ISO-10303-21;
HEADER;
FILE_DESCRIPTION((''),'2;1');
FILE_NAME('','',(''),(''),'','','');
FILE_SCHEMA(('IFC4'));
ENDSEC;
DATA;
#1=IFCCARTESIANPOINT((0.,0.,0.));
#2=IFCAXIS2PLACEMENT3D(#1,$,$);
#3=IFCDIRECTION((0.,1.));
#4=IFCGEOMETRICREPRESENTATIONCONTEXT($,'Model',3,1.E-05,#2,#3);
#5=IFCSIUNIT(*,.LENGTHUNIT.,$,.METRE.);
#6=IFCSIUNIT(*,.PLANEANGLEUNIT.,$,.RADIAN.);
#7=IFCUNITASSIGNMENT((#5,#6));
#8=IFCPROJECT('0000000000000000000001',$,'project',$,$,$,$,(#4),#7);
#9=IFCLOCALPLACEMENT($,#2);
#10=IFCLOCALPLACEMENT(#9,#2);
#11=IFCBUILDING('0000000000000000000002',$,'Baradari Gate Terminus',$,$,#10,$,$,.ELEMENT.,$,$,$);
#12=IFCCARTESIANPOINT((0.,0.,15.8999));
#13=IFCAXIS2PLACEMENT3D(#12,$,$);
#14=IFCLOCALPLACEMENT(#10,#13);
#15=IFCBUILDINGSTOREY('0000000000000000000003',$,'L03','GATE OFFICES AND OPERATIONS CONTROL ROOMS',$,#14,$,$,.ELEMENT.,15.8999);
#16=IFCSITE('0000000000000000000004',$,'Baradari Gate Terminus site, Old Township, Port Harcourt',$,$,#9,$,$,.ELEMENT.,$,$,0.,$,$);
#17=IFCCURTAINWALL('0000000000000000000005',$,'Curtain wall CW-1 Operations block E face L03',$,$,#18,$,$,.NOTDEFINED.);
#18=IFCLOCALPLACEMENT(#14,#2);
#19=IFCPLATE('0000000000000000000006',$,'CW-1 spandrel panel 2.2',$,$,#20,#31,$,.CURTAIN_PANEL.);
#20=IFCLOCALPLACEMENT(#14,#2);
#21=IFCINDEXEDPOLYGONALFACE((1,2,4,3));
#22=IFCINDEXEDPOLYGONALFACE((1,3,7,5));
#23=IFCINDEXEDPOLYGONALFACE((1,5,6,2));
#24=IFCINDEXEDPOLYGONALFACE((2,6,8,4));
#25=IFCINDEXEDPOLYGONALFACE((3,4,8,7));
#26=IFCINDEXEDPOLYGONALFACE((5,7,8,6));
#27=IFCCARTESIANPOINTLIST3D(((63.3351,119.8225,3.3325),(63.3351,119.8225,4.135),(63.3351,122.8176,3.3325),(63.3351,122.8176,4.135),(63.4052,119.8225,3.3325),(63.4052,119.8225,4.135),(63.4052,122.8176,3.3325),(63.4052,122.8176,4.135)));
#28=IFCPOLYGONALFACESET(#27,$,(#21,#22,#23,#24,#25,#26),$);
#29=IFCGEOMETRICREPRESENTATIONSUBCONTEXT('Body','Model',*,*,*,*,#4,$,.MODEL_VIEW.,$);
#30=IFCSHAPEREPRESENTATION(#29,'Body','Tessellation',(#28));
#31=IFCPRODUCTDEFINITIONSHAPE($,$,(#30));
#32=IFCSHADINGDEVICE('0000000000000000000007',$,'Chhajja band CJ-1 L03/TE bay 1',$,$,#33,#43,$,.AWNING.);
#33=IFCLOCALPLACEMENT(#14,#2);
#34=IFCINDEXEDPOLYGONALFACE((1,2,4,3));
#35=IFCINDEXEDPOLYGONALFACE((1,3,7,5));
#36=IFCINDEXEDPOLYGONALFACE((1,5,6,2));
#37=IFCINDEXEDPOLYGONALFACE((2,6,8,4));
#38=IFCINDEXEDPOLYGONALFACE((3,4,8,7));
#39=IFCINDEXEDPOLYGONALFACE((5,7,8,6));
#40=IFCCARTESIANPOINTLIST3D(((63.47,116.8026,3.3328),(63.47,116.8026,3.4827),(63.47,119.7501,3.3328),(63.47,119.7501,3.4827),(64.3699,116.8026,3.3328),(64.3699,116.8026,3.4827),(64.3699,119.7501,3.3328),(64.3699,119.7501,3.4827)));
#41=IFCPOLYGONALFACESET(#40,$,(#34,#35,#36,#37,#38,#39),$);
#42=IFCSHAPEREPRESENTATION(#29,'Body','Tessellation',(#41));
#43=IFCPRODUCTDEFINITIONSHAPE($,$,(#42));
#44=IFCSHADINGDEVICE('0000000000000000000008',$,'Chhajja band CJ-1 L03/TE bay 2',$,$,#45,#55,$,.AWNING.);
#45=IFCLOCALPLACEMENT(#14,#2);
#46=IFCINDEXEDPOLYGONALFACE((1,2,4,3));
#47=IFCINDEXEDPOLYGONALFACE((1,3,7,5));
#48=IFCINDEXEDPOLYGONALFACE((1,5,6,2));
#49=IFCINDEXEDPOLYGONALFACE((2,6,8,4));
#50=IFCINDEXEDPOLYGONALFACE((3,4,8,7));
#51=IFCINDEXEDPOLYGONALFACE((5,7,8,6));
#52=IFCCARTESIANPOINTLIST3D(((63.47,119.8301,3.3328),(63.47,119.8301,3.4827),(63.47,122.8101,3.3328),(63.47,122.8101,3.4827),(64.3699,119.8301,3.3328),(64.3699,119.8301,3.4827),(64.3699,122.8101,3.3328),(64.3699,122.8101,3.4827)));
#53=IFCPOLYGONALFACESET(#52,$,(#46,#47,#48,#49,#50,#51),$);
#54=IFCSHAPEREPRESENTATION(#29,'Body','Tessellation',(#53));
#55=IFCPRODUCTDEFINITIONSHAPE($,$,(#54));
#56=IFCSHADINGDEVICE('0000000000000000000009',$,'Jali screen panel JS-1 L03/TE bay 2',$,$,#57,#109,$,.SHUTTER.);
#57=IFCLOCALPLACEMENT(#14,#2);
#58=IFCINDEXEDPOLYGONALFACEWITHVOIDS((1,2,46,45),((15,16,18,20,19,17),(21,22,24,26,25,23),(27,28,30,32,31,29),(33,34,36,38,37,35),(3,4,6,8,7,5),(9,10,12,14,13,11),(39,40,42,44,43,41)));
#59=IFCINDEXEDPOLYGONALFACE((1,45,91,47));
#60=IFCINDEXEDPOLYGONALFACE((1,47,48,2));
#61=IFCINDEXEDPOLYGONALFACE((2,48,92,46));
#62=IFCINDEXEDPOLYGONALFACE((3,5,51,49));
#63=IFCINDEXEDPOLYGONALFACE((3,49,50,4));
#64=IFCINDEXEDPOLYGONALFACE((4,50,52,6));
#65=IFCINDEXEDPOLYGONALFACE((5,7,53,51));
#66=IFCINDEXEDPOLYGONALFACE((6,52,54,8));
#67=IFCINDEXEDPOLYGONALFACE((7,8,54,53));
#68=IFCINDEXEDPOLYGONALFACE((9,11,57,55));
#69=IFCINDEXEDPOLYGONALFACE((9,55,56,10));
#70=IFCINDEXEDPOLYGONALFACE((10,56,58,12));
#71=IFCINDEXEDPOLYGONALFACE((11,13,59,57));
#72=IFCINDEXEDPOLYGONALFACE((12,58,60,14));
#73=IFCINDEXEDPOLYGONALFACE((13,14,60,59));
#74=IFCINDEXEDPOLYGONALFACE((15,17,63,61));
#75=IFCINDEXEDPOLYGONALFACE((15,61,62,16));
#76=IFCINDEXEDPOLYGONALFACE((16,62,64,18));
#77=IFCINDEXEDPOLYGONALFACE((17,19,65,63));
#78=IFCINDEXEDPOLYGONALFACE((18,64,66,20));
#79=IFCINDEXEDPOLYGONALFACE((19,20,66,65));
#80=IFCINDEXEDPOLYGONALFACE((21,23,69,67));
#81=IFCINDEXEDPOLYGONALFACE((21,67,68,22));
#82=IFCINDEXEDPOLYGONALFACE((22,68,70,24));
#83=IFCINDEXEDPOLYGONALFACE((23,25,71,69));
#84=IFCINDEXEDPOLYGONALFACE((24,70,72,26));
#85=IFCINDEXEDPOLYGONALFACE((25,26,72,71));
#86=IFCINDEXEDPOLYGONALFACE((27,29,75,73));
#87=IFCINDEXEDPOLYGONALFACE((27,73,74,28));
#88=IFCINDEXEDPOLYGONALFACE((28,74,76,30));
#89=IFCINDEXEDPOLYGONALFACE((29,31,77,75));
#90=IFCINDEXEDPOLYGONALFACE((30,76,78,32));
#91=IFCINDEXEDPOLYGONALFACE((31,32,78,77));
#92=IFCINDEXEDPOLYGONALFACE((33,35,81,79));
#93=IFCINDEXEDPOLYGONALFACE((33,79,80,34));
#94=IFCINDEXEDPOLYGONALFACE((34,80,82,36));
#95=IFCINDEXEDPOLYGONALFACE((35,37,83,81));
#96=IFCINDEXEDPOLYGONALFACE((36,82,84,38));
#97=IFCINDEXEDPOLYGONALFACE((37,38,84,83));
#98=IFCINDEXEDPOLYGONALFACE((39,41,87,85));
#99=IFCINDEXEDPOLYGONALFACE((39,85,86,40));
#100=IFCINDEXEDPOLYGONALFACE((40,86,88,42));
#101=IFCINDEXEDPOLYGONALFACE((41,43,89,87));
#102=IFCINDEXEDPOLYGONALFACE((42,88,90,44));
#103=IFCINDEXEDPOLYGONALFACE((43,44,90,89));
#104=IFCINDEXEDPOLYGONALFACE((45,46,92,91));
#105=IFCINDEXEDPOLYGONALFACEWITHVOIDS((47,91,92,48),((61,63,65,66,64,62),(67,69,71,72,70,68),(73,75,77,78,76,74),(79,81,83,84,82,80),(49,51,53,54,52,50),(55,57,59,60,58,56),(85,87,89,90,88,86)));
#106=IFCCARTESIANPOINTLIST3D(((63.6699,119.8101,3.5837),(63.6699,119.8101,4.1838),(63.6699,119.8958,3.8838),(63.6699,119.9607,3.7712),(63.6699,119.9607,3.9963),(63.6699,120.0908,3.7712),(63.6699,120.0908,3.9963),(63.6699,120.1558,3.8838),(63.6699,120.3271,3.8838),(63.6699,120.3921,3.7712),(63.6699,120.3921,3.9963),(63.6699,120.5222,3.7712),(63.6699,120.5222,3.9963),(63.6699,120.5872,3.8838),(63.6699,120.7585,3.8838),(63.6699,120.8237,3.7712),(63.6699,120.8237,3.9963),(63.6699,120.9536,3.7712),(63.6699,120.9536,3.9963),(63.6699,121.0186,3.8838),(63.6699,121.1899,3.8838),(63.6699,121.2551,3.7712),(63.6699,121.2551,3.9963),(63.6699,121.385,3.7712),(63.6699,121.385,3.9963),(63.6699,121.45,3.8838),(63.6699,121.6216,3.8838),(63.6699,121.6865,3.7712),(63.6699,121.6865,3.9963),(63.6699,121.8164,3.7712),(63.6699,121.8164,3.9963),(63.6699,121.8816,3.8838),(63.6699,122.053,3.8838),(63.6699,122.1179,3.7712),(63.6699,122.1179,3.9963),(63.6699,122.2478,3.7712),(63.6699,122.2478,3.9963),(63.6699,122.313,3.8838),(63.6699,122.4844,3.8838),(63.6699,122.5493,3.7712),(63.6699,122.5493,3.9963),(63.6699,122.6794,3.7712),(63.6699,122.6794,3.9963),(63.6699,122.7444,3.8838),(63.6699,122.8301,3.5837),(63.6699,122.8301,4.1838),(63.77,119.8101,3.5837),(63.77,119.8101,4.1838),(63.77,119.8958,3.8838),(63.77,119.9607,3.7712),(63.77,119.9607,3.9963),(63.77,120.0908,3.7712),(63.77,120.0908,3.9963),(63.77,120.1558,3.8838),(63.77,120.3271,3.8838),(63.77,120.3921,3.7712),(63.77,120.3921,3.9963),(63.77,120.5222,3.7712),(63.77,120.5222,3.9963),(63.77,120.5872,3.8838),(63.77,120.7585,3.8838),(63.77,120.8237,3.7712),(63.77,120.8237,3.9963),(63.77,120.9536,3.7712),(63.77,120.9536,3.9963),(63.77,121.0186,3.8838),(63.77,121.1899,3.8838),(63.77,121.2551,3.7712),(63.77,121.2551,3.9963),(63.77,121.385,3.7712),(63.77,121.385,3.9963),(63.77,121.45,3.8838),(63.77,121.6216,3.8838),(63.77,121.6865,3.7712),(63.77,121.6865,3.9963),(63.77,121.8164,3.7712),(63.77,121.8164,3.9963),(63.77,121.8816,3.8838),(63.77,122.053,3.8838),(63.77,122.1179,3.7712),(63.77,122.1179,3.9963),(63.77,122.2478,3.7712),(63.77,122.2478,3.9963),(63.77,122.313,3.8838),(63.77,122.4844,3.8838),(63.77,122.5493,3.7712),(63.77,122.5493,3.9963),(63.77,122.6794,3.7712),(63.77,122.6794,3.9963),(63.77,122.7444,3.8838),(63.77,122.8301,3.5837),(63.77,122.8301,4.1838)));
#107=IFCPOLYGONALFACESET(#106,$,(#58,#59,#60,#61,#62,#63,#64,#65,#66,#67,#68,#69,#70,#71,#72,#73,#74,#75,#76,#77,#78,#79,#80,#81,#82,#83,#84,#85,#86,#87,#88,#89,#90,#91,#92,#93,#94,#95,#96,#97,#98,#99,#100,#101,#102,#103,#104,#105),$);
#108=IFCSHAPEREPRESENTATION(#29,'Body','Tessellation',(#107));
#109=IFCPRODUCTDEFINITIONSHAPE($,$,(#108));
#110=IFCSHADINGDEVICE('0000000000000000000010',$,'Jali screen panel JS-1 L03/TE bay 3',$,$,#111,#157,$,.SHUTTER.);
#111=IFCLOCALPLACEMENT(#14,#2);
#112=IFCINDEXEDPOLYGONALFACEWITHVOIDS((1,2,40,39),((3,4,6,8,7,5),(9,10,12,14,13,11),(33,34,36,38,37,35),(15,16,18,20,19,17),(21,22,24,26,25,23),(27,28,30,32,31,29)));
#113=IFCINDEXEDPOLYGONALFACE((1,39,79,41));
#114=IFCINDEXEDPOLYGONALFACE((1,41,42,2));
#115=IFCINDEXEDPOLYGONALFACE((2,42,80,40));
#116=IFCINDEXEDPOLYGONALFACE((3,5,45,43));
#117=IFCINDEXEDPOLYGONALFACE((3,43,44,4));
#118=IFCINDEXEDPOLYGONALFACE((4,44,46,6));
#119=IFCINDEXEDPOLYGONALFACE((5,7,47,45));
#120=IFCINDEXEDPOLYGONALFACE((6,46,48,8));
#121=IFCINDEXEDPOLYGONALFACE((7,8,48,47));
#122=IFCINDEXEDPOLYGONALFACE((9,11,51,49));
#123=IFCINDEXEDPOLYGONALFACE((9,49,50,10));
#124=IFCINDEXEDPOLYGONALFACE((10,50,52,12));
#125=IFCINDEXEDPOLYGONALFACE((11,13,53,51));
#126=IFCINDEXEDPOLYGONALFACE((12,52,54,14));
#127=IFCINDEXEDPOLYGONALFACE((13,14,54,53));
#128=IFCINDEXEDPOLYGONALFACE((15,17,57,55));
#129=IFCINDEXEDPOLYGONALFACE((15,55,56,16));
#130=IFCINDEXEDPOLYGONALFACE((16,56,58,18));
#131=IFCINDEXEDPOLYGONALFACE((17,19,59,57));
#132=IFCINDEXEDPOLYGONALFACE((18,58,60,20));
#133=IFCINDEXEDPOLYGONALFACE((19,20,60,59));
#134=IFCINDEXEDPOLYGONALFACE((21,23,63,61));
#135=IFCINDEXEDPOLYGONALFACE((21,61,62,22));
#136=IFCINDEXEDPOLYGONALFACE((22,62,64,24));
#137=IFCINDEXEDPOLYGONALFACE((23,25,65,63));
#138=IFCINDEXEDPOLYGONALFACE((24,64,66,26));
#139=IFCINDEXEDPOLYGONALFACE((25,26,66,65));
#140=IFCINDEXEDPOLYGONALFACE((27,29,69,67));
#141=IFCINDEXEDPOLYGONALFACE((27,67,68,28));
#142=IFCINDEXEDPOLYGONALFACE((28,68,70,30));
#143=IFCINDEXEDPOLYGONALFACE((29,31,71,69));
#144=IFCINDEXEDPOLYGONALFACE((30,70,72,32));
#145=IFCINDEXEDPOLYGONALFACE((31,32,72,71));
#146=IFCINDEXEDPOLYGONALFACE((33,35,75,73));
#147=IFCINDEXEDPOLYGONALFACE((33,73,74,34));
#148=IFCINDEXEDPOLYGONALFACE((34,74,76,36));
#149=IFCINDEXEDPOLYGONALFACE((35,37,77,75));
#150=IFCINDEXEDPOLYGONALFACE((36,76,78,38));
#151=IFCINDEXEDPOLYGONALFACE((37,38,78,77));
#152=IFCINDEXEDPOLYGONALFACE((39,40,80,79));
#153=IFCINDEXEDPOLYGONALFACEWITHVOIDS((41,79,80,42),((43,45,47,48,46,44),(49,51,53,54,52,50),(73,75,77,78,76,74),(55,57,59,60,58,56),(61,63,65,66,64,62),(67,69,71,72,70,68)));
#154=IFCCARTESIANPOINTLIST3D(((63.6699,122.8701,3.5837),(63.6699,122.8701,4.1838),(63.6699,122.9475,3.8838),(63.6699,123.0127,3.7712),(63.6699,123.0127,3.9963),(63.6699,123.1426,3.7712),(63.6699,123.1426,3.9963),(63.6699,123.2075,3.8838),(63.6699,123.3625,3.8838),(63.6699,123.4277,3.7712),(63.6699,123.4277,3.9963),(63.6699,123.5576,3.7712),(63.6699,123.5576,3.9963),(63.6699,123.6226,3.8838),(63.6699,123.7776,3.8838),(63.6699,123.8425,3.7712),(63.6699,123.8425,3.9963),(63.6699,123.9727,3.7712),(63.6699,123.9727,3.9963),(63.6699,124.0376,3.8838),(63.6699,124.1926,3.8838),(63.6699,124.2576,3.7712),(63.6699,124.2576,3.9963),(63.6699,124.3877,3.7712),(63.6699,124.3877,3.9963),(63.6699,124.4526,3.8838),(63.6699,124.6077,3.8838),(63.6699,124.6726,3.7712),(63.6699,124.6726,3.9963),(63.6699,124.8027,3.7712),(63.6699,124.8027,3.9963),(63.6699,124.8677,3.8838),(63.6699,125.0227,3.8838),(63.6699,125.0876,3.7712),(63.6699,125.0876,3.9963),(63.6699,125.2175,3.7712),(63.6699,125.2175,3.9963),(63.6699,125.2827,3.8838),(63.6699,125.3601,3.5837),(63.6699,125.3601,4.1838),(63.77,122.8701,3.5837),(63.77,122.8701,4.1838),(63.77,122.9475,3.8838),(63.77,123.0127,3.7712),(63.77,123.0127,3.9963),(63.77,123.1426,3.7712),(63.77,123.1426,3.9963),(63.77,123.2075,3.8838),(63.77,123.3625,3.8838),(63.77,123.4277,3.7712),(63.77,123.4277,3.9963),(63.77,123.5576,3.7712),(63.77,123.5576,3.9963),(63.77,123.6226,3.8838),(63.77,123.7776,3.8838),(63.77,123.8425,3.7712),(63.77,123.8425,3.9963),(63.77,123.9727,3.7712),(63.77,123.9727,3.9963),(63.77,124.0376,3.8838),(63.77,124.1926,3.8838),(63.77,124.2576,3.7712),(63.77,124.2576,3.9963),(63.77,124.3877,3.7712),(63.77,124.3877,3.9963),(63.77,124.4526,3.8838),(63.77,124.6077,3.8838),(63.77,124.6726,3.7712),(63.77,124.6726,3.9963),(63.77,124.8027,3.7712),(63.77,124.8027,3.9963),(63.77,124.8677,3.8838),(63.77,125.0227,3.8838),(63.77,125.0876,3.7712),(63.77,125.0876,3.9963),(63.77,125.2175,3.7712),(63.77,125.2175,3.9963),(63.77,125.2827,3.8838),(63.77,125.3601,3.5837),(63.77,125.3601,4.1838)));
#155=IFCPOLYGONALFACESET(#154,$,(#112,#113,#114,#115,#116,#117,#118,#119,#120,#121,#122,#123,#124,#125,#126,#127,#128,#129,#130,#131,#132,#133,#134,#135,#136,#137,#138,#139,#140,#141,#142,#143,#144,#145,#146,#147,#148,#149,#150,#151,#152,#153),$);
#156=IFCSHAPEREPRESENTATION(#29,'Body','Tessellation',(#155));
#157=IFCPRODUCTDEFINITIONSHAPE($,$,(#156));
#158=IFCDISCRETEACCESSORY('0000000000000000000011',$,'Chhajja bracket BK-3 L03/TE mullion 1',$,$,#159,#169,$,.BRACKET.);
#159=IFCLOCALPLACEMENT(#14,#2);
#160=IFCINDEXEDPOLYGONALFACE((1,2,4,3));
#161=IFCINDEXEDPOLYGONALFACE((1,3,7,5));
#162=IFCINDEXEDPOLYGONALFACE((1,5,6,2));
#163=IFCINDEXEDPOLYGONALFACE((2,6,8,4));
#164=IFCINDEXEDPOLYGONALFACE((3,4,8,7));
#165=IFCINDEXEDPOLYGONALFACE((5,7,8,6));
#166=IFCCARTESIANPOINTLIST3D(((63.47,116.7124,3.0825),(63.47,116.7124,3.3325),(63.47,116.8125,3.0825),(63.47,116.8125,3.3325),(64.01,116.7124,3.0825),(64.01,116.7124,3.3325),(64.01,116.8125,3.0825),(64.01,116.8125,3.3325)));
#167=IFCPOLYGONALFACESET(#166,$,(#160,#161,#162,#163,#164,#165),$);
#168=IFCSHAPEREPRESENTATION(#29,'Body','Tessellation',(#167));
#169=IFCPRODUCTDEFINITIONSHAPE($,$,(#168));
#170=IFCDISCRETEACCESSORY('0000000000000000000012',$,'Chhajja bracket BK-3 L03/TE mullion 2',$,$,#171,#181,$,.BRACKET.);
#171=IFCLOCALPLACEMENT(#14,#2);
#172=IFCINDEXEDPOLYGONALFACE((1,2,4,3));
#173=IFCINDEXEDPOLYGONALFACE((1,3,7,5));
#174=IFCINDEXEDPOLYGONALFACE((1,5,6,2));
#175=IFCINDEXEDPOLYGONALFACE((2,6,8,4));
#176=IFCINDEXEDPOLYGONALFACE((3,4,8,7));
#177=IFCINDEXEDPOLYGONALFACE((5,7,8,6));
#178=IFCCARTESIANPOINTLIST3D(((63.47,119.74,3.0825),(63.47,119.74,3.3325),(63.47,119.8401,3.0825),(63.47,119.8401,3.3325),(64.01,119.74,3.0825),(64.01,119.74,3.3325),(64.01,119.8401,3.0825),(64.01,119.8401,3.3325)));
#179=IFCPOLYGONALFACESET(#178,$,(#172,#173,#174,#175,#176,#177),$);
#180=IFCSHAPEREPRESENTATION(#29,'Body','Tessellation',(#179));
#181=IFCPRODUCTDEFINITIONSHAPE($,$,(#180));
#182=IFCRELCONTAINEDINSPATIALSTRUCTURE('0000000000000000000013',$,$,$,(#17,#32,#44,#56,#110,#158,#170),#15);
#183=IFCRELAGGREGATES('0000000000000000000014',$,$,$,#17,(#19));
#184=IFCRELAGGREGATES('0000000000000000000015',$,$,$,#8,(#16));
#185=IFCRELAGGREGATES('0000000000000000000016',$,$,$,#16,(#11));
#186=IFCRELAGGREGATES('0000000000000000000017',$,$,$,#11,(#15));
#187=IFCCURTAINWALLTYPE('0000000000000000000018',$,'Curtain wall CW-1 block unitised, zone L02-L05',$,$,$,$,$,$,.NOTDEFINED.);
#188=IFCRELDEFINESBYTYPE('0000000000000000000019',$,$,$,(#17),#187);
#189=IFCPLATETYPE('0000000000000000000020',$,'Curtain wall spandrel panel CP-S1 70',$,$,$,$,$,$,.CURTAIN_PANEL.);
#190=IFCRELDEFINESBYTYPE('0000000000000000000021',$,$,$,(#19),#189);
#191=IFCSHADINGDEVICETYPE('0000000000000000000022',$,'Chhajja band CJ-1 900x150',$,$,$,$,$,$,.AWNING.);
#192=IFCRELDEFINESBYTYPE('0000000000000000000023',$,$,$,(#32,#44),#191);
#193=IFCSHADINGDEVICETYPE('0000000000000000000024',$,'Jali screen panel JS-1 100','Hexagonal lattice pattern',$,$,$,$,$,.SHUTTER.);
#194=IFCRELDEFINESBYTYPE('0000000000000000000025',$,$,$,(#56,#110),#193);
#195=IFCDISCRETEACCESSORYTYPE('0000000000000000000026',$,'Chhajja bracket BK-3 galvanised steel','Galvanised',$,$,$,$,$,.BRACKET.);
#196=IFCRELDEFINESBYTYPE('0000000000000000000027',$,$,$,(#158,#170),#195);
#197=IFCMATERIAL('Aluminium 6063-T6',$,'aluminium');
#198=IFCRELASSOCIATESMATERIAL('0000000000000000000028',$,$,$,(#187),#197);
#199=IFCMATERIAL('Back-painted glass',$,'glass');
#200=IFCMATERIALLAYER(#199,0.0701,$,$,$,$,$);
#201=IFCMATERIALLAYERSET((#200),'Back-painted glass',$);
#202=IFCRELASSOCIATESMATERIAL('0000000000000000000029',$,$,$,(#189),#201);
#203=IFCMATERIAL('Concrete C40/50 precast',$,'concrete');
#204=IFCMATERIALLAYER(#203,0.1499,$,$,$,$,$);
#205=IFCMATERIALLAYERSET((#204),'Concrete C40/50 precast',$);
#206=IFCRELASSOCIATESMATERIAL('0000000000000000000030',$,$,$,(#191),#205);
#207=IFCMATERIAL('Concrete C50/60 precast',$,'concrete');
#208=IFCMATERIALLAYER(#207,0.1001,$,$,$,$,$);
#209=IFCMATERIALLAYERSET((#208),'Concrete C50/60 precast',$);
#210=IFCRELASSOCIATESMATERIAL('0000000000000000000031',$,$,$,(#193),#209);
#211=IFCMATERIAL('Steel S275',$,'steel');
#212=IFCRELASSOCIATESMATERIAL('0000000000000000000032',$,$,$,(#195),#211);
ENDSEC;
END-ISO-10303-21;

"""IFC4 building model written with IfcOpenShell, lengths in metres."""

from ifc_helpers import new_model, si_unit, direction, frame, origin, origin_2d, place, context, subcontext, project, spatial, polyline, rectangle, outline, extrude, material, layer, layer_set, type_object, element, aggregate, save


model = new_model("IFC4")

# Units and contexts
model_context = context("Model", 3, precision=1e-05, world=origin(), true_north=direction((0.0, 1.0)))
body_context = subcontext(model_context, "Body", "Model", "MODEL_VIEW")
ifc_project = project(units=[si_unit("LENGTHUNIT", "METRE"), si_unit("PLANEANGLEUNIT", "RADIAN")], contexts=[model_context])

# Site, building, storey
site_placement = place(None, origin())
site = spatial("IfcSite", under=ifc_project, at=site_placement, Name="Baradari Gate Terminus site, Old Township, Port Harcourt", CompositionType="ELEMENT", RefElevation=0.0)
building_placement = place(site_placement, origin())
building = spatial("IfcBuilding", under=site, at=building_placement, Name="Baradari Gate Terminus", CompositionType="ELEMENT")
storey_placement = place(building_placement, frame((0.0, 0.0, 15.8999)))
storey = spatial("IfcBuildingStorey", under=building, at=storey_placement, Name="L03", Description="GATE OFFICES AND OPERATIONS CONTROL ROOMS", CompositionType="ELEMENT", Elevation=15.8999)

# Shared definitions
ifc_material_1 = material(Name="Aluminium 6063-T6", Category="aluminium")
curtain_wall_type = type_object("IfcCurtainWallType", Name="Curtain wall CW-1 block unitised, zone L02-L05", PredefinedType="NOTDEFINED", material=ifc_material_1)

# Curtain wall, plate
curtain_wall_1_placement = place(storey_placement, origin())
curtain_wall_1 = element("IfcCurtainWall", 1, at=curtain_wall_1_placement, inside=storey, type_object=curtain_wall_type, Name="Curtain wall CW-1 Operations block E face L03", PredefinedType="NOTDEFINED")
ifc_material_2 = material(Name="Back-painted glass", Category="glass")
ifc_layer_1 = layer(ifc_material_2, 0.0701)
ifc_layer_set_1 = layer_set([ifc_layer_1], Name="Back-painted glass")
plate_type_1 = type_object("IfcPlateType", Name="Curtain wall spandrel panel CP-S1 70", PredefinedType="CURTAIN_PANEL", material=ifc_layer_set_1)
plate_1_placement = place(storey_placement, frame((63.3701, 121.3201, 3.3325), z_axis=(0.0, 0.0, 1.0), x_axis=(0.0, 1.0, 0.0)))
plate_1 = element("IfcPlate", 2, at=plate_1_placement, type_object=plate_type_1, Name="CW-1 spandrel panel 2.2", PredefinedType="CURTAIN_PANEL", context=body_context, shape_type="SweptSolid", body=[
    extrude(rectangle(XDim=2.9951, YDim=0.0701, at=origin_2d()), origin(), (0.0, 0.0, 1.0), 0.8025),
])
aggregate(curtain_wall_1, [plate_1])

# Shading devices
ifc_material_3 = material(Name="Concrete C40/50 precast", Category="concrete")
ifc_layer_2 = layer(ifc_material_3, 0.1499)
ifc_layer_set_2 = layer_set([ifc_layer_2], Name="Concrete C40/50 precast")
shading_device_type_1 = type_object("IfcShadingDeviceType", Name="Chhajja band CJ-1 900x150", PredefinedType="AWNING", material=ifc_layer_set_2)
shading_device_1_placement = place(storey_placement, frame((63.9199, 118.2764, 3.3328), z_axis=(0.0, 0.0, 1.0), x_axis=(0.0, 1.0, 0.0)))
element("IfcShadingDevice", 3, at=shading_device_1_placement, inside=storey, type_object=shading_device_type_1, Name="Chhajja band CJ-1 L03/TE bay 1", PredefinedType="AWNING", context=body_context, shape_type="SweptSolid", body=[
    extrude(rectangle(XDim=2.9475, YDim=0.8999, at=origin_2d()), origin(), (0.0, 0.0, 1.0), 0.1499),
])
shading_device_2_placement = place(storey_placement, frame((63.9199, 121.3201, 3.3328), z_axis=(0.0, 0.0, 1.0), x_axis=(0.0, 1.0, 0.0)))
element("IfcShadingDevice", 4, at=shading_device_2_placement, inside=storey, type_object=shading_device_type_1, Name="Chhajja band CJ-1 L03/TE bay 2", PredefinedType="AWNING", context=body_context, shape_type="SweptSolid", body=[
    extrude(rectangle(XDim=2.98, YDim=0.8999, at=origin_2d()), origin(), (0.0, 0.0, 1.0), 0.1499),
])
ifc_material_4 = material(Name="Concrete C50/60 precast", Category="concrete")
ifc_layer_3 = layer(ifc_material_4, 0.1001)
ifc_layer_set_3 = layer_set([ifc_layer_3], Name="Concrete C50/60 precast")
shading_device_type_2 = type_object("IfcShadingDeviceType", Name="Jali screen panel JS-1 100", Description="Hexagonal lattice pattern", PredefinedType="SHUTTER", material=ifc_layer_set_3)
shading_device_3_placement = place(storey_placement, frame((63.72, 119.8101, 3.5837), z_axis=(0.0, 0.0, 1.0), x_axis=(0.0, 1.0, 0.0)))
element("IfcShadingDevice", 5, at=shading_device_3_placement, inside=storey, type_object=shading_device_type_2, Name="Jali screen panel JS-1 L03/TE bay 2", PredefinedType="SHUTTER", context=body_context, shape_type="SweptSolid", body=[
    extrude(outline(polyline([(0.0, 0.0), (3.02, 0.0), (3.02, 0.6001), (0.0, 0.6001), (0.0, 0.0)]), holes=[polyline([(0.3457, 0.3), (0.2808, 0.1875), (0.1506, 0.1875), (0.0857, 0.3), (0.1506, 0.4126), (0.2808, 0.4126), (0.3457, 0.3)]), polyline([(0.7771, 0.3), (0.7122, 0.1875), (0.582, 0.1875), (0.5171, 0.3), (0.582, 0.4126), (0.7122, 0.4126), (0.7771, 0.3)]), polyline([(1.2085, 0.3), (1.1436, 0.1875), (1.0137, 0.1875), (0.9485, 0.3), (1.0137, 0.4126), (1.1436, 0.4126), (1.2085, 0.3)]), polyline([(1.6399, 0.3), (1.575, 0.1875), (1.4451, 0.1875), (1.3799, 0.3), (1.4451, 0.4126), (1.575, 0.4126), (1.6399, 0.3)]), polyline([(2.0715, 0.3), (2.0063, 0.1875), (1.8765, 0.1875), (1.8115, 0.3), (1.8765, 0.4126), (2.0063, 0.4126), (2.0715, 0.3)]), polyline([(2.5029, 0.3), (2.4377, 0.1875), (2.3079, 0.1875), (2.2429, 0.3), (2.3079, 0.4126), (2.4377, 0.4126), (2.5029, 0.3)]), polyline([(2.9343, 0.3), (2.8694, 0.1875), (2.7393, 0.1875), (2.6743, 0.3), (2.7393, 0.4126), (2.8694, 0.4126), (2.9343, 0.3)])]), frame((0.0, 0.05, 0.0), z_axis=(0.0, -1.0, 0.0), x_axis=(1.0, 0.0, 0.0)), (0.0, 0.0, 1.0), 0.1001),
])
shading_device_4_placement = place(storey_placement, frame((63.72, 122.8701, 3.5837), z_axis=(0.0, 0.0, 1.0), x_axis=(0.0, 1.0, 0.0)))
element("IfcShadingDevice", 6, at=shading_device_4_placement, inside=storey, type_object=shading_device_type_2, Name="Jali screen panel JS-1 L03/TE bay 3", PredefinedType="SHUTTER", context=body_context, shape_type="SweptSolid", body=[
    extrude(outline(polyline([(0.0, 0.0), (2.49, 0.0), (2.49, 0.6001), (0.0, 0.6001), (0.0, 0.0)]), holes=[polyline([(0.3374, 0.3), (0.2725, 0.1875), (0.1426, 0.1875), (0.0774, 0.3), (0.1426, 0.4126), (0.2725, 0.4126), (0.3374, 0.3)]), polyline([(0.7524, 0.3), (0.6875, 0.1875), (0.5576, 0.1875), (0.4924, 0.3), (0.5576, 0.4126), (0.6875, 0.4126), (0.7524, 0.3)]), polyline([(1.1675, 0.3), (1.1025, 0.1875), (0.9724, 0.1875), (0.9075, 0.3), (0.9724, 0.4126), (1.1025, 0.4126), (1.1675, 0.3)]), polyline([(1.5825, 0.3), (1.5176, 0.1875), (1.3875, 0.1875), (1.3225, 0.3), (1.3875, 0.4126), (1.5176, 0.4126), (1.5825, 0.3)]), polyline([(1.9976, 0.3), (1.9326, 0.1875), (1.8025, 0.1875), (1.7375, 0.3), (1.8025, 0.4126), (1.9326, 0.4126), (1.9976, 0.3)]), polyline([(2.4126, 0.3), (2.3474, 0.1875), (2.2175, 0.1875), (2.1526, 0.3), (2.2175, 0.4126), (2.3474, 0.4126), (2.4126, 0.3)])]), frame((0.0, 0.05, 0.0), z_axis=(0.0, -1.0, 0.0), x_axis=(1.0, 0.0, 0.0)), (0.0, 0.0, 1.0), 0.1001),
])

# Discrete accessories
ifc_material_5 = material(Name="Steel S275", Category="steel")
discrete_accessory_type_1 = type_object("IfcDiscreteAccessoryType", Name="Chhajja bracket BK-3 galvanised steel", Description="Galvanised", PredefinedType="BRACKET", material=ifc_material_5)
for number, where, z_axis, x_axis, name in (
    (7, (63.74, 116.7625, 3.0825), (0.0, 0.0, 1.0), (1.0, 0.0, 0.0), "Chhajja bracket BK-3 L03/TE mullion 1"),
    (8, (63.74, 119.79, 3.0825), (0.0, 0.0, 1.0), (1.0, 0.0, 0.0), "Chhajja bracket BK-3 L03/TE mullion 2"),
):
    element("IfcDiscreteAccessory", number, at=place(storey_placement, frame(where, z_axis=z_axis, x_axis=x_axis)), inside=storey, type_object=discrete_accessory_type_1, Name=name, PredefinedType="BRACKET", context=body_context, shape_type="SweptSolid", body=[
        extrude(rectangle(XDim=0.54, YDim=0.1001, at=origin_2d()), origin(), (0.0, 0.0, 1.0), 0.25),
    ])

save(model, "model.ifc")
